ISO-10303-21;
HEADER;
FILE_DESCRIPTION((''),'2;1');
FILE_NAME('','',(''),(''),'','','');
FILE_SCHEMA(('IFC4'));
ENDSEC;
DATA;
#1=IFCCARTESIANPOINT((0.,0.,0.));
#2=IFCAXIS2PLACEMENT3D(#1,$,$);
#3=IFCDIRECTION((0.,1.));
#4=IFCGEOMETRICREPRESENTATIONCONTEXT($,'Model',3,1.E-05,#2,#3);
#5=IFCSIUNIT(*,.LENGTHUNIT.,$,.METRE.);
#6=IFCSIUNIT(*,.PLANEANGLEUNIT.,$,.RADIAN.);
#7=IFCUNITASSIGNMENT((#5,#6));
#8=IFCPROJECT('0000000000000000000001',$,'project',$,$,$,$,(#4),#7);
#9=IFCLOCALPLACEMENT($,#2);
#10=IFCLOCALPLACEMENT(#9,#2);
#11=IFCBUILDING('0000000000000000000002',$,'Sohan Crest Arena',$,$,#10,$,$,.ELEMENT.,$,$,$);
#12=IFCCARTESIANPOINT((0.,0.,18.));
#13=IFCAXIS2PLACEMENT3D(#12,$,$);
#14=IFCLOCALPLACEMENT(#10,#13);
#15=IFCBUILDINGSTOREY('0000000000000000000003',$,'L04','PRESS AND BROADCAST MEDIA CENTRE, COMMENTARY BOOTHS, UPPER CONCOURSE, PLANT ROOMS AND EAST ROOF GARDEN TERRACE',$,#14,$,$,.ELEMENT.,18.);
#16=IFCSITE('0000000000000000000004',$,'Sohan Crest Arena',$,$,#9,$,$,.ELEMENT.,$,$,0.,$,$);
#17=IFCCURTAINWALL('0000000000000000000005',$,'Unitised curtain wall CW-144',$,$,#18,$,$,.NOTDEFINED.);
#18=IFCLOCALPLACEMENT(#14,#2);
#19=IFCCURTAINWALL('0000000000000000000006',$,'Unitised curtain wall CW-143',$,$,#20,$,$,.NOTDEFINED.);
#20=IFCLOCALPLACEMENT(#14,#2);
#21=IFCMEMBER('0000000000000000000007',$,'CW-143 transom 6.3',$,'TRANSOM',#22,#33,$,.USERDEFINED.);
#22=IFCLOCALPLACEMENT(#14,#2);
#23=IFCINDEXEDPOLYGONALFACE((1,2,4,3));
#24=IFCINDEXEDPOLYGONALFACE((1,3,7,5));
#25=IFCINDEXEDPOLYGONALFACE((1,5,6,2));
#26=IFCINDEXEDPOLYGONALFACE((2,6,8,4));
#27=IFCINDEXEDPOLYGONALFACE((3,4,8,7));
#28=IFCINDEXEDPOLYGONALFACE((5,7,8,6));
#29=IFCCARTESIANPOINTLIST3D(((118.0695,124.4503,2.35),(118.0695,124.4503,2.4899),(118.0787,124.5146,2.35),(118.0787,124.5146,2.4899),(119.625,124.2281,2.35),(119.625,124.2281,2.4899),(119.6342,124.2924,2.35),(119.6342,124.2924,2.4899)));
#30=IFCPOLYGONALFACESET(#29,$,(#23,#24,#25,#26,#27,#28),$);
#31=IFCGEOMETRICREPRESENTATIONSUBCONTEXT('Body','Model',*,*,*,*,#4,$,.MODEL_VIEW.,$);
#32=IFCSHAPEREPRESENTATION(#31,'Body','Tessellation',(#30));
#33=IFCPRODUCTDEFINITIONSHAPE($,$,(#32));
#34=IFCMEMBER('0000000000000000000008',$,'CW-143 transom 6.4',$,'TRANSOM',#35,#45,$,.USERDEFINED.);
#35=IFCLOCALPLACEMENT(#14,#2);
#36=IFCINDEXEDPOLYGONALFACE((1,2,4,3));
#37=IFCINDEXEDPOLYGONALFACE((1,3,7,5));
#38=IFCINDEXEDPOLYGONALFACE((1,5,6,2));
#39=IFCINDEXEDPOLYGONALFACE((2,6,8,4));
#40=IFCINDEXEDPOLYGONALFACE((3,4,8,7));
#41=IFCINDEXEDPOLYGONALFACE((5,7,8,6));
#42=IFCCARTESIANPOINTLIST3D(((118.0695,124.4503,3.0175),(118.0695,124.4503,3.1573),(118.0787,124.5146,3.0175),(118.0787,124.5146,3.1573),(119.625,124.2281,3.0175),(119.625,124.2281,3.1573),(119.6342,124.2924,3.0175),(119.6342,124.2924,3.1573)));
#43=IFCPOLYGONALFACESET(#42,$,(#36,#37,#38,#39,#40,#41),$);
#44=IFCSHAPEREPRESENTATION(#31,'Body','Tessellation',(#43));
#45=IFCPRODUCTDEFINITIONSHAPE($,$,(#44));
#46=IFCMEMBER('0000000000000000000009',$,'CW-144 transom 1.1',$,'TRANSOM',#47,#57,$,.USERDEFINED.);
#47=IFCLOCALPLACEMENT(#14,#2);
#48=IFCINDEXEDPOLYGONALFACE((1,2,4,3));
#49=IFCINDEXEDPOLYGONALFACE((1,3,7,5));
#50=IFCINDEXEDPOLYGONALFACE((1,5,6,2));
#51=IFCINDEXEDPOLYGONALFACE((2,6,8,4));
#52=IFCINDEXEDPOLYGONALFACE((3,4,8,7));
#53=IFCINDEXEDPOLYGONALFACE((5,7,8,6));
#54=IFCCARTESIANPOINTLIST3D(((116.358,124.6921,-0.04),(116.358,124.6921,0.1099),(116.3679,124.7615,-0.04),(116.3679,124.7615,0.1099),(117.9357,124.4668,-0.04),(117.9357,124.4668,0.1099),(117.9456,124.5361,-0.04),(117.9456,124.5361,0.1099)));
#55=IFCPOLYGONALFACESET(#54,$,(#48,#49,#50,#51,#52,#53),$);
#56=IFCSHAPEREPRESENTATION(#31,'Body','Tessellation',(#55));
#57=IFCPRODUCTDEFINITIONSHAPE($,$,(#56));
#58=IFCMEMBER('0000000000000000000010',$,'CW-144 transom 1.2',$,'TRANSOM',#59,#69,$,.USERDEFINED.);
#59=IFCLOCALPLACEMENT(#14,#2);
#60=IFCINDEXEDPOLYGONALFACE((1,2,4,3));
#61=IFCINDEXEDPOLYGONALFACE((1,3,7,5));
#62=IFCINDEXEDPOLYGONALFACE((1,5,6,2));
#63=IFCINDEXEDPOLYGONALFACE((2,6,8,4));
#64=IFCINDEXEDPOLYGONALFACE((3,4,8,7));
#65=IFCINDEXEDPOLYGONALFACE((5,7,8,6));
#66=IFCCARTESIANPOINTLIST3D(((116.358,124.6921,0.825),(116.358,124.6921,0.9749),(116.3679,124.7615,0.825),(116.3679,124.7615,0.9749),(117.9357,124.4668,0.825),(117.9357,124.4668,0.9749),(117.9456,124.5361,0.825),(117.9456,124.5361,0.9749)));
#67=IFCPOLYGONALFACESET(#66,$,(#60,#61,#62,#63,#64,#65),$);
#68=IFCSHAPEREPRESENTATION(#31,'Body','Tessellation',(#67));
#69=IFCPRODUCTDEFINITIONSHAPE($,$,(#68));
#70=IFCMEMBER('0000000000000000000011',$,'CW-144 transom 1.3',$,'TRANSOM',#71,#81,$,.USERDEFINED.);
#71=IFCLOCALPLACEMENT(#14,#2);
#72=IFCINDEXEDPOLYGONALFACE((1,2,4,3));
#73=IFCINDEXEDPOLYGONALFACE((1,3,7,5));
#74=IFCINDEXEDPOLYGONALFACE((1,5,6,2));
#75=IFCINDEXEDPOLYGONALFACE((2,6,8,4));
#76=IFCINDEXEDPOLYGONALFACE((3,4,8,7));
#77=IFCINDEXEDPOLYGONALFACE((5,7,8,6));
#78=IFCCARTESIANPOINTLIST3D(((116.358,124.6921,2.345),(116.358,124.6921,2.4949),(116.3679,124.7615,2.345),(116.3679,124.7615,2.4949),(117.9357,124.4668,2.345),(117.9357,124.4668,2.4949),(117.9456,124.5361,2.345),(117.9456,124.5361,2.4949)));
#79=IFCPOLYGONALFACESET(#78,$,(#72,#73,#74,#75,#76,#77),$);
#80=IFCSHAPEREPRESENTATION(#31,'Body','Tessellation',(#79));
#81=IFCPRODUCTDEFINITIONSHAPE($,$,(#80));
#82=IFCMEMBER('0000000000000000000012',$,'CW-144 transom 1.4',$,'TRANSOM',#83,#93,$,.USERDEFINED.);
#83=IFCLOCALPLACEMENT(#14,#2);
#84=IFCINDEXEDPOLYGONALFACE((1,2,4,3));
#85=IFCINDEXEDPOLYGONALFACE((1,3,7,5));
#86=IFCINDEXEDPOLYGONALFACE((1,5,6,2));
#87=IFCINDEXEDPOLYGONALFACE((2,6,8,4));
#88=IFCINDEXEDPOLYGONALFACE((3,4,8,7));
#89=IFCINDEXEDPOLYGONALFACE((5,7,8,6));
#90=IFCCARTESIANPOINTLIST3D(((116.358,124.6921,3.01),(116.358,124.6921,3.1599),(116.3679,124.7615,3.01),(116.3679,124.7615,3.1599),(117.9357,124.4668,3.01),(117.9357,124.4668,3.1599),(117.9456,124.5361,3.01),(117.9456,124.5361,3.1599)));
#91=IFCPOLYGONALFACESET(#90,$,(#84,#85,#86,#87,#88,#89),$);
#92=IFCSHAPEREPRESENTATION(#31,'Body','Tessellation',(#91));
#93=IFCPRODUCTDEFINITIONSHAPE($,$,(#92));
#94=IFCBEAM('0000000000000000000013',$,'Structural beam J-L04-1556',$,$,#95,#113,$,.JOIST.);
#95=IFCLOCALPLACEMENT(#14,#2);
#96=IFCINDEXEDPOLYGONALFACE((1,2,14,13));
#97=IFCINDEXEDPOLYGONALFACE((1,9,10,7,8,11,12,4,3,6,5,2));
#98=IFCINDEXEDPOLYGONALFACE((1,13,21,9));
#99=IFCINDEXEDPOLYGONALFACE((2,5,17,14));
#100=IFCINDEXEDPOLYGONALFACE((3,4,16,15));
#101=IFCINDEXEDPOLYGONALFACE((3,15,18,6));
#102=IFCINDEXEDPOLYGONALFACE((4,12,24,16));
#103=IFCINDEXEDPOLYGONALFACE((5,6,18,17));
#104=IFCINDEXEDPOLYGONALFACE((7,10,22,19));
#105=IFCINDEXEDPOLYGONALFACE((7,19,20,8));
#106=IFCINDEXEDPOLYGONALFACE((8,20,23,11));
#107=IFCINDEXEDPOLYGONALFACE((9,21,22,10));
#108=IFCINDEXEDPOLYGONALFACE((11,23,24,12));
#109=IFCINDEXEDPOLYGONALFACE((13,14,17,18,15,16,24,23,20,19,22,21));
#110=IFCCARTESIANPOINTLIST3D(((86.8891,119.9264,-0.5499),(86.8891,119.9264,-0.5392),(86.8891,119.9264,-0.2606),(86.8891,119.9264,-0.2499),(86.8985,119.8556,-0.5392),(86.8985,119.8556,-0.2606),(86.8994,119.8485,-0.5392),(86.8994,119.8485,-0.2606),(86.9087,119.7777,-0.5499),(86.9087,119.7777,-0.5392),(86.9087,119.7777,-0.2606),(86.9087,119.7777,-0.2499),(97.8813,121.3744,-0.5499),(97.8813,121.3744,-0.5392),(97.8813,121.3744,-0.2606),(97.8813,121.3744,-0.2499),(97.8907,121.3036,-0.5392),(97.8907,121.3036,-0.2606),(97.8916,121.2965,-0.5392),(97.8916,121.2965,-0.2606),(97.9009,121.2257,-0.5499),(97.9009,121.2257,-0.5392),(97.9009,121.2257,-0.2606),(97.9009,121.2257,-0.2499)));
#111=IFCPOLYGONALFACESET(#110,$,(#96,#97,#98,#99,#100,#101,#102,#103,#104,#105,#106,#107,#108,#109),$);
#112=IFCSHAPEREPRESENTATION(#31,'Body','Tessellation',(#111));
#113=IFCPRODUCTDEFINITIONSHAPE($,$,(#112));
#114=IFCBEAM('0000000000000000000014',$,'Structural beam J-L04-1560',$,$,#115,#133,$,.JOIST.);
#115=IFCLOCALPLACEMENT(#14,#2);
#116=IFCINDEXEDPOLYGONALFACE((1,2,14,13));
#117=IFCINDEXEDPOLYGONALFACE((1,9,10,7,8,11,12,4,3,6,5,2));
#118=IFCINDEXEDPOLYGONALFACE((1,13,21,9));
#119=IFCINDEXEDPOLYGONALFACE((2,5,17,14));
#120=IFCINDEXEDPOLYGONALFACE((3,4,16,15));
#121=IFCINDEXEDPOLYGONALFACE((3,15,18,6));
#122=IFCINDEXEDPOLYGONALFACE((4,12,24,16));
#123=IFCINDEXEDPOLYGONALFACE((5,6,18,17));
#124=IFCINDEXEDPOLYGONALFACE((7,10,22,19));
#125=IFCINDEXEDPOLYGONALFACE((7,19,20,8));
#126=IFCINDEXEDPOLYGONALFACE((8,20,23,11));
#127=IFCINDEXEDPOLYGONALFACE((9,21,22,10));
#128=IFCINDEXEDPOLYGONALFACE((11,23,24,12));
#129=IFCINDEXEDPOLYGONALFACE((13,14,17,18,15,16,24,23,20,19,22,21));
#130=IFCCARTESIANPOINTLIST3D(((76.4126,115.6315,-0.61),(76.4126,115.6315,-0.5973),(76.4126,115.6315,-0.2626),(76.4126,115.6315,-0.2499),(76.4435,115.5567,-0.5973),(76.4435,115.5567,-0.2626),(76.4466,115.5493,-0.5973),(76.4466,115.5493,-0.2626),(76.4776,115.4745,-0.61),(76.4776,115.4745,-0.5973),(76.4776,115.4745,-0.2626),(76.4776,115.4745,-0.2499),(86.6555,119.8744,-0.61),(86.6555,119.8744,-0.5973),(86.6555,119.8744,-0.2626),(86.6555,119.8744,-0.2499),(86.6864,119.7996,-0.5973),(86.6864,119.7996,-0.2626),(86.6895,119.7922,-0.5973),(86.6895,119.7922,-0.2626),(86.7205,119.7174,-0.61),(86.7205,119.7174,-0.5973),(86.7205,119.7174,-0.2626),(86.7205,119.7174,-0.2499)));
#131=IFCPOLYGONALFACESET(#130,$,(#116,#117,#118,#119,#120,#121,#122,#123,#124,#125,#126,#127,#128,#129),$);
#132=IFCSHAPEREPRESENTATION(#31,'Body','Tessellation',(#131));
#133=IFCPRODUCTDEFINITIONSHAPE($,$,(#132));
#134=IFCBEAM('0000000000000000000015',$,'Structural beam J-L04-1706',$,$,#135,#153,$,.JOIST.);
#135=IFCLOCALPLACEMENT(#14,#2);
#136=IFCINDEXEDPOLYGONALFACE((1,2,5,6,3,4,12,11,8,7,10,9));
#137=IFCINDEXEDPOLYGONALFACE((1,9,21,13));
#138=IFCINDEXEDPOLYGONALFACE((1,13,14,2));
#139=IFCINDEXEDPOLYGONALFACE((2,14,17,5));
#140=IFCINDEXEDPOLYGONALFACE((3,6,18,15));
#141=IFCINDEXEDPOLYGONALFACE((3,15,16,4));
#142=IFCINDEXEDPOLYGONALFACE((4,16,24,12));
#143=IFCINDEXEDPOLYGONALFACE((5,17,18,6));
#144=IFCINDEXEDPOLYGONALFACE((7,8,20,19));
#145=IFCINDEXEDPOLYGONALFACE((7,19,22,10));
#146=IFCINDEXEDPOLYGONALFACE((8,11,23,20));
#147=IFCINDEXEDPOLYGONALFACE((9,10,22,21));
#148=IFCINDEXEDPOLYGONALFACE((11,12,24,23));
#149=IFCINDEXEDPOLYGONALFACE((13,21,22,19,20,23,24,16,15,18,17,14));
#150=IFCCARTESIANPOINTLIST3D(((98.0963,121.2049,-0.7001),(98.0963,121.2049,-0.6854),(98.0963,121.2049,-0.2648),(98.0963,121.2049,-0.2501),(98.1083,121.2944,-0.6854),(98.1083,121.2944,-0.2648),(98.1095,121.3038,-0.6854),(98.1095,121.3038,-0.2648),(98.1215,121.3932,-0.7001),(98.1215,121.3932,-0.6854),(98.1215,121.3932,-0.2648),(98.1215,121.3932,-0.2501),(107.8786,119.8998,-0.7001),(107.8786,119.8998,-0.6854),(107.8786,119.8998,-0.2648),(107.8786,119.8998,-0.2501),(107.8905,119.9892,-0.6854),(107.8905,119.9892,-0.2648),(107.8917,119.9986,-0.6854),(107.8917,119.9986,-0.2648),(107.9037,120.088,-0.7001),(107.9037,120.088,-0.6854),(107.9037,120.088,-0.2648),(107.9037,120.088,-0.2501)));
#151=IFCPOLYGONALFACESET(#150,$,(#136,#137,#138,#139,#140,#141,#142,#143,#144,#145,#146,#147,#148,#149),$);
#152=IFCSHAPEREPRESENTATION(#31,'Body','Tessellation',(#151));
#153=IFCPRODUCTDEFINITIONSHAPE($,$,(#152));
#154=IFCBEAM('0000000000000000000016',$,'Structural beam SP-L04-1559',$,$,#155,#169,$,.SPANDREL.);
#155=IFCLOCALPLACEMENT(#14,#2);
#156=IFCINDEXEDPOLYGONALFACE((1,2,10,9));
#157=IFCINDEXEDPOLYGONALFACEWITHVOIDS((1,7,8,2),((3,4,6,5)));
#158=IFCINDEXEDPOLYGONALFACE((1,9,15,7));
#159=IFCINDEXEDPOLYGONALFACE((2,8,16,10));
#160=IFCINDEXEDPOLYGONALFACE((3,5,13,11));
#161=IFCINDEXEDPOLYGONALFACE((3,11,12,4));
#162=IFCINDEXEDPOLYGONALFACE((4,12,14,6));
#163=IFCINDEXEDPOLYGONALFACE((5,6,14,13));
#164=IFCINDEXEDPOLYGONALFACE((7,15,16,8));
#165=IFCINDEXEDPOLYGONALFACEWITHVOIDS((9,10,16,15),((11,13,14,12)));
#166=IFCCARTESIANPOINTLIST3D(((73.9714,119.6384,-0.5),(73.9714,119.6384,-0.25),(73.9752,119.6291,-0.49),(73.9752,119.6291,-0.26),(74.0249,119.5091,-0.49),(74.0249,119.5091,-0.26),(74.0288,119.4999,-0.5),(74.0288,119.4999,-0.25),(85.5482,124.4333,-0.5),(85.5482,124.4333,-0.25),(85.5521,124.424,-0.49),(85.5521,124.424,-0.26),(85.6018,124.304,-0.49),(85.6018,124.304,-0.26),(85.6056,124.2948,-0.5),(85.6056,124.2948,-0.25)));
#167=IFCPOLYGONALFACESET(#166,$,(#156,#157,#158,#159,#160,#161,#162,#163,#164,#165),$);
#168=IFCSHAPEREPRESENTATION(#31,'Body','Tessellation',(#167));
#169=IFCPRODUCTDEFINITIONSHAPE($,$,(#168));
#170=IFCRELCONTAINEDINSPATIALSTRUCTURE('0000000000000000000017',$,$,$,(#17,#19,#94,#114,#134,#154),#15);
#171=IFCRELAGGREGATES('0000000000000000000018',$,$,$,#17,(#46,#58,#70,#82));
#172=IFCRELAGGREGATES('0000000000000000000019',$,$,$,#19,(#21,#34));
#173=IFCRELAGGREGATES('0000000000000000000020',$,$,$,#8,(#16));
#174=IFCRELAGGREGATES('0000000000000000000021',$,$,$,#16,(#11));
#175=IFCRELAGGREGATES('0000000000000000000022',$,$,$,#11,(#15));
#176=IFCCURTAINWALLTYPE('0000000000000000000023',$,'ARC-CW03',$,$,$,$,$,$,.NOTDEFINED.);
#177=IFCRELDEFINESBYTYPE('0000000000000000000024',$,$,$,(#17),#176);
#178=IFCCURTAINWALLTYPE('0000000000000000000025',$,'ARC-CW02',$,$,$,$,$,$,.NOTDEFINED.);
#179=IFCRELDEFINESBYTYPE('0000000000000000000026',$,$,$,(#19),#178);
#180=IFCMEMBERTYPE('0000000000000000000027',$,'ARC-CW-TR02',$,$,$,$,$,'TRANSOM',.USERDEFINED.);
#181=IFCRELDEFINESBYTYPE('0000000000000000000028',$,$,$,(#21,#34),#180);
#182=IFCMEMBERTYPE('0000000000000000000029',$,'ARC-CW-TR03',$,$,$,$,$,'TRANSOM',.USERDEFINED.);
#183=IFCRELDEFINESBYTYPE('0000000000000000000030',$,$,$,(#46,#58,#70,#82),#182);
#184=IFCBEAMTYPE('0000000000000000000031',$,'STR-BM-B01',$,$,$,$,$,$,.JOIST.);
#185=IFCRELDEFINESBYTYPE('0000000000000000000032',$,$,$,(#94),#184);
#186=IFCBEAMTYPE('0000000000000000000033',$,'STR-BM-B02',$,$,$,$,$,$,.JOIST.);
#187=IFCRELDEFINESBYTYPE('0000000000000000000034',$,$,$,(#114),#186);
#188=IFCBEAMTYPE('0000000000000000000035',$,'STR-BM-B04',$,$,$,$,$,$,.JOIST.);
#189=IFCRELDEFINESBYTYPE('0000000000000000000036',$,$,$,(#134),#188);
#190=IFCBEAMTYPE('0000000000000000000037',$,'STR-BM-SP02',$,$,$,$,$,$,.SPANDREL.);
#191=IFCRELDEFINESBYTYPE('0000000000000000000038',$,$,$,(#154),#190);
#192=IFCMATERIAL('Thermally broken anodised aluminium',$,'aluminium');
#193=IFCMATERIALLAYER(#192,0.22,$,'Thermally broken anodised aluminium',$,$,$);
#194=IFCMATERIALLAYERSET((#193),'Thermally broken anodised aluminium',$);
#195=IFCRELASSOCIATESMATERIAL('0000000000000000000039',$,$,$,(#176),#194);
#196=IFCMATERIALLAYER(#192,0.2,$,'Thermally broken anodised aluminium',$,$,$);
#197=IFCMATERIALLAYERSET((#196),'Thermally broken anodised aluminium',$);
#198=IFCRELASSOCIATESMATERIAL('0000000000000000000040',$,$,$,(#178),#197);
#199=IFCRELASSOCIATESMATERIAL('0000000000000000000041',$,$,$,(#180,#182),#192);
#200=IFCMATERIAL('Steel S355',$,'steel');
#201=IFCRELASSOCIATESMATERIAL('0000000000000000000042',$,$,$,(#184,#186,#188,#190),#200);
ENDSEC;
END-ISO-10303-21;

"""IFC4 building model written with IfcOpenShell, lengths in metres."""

from ifc_helpers import new_model, si_unit, direction, frame, origin, origin_2d, place, context, subcontext, project, spatial, rectangle, hollow_rectangle, i_section, extrude, material, layer, layer_set, material_profile, profile_set, type_object, element, aggregate, save


model = new_model("IFC4")

# Units and contexts
model_context = context("Model", 3, precision=1e-05, world=origin(), true_north=direction((0.0, 1.0)))
body_context = subcontext(model_context, "Body", "Model", "MODEL_VIEW")
ifc_project = project(units=[si_unit("LENGTHUNIT", "METRE"), si_unit("PLANEANGLEUNIT", "RADIAN")], contexts=[model_context])

# Site, building, storey
site_placement = place(None, origin())
site = spatial("IfcSite", under=ifc_project, at=site_placement, Name="Sohan Crest Arena", CompositionType="ELEMENT", RefElevation=0.0)
building_placement = place(site_placement, origin())
building = spatial("IfcBuilding", under=site, at=building_placement, Name="Sohan Crest Arena", CompositionType="ELEMENT")
storey_placement = place(building_placement, frame((0.0, 0.0, 18.0)))
storey = spatial("IfcBuildingStorey", under=building, at=storey_placement, Name="L04", Description="PRESS AND BROADCAST MEDIA CENTRE, COMMENTARY BOOTHS, UPPER CONCOURSE, PLANT ROOMS AND EAST ROOF GARDEN TERRACE", CompositionType="ELEMENT", Elevation=18.0)

# Shared definitions
ifc_material_1 = material(Name="Steel S355", Category="steel")

# Curtain wall
ifc_material_2 = material(Name="Thermally broken anodised aluminium", Category="aluminium")
ifc_layer_1 = layer(ifc_material_2, 0.22, Name="Thermally broken anodised aluminium")
ifc_layer_set_1 = layer_set([ifc_layer_1], Name="Thermally broken anodised aluminium")
curtain_wall_type_1 = type_object("IfcCurtainWallType", Name="ARC-CW03", PredefinedType="NOTDEFINED", material=ifc_layer_set_1)
curtain_wall_1_placement = place(storey_placement, origin())
curtain_wall_1 = element("IfcCurtainWall", 1, at=curtain_wall_1_placement, inside=storey, type_object=curtain_wall_type_1, Name="Unitised curtain wall CW-144", PredefinedType="NOTDEFINED")
ifc_layer_2 = layer(ifc_material_2, 0.2, Name="Thermally broken anodised aluminium")
ifc_layer_set_2 = layer_set([ifc_layer_2], Name="Thermally broken anodised aluminium")
curtain_wall_type_2 = type_object("IfcCurtainWallType", Name="ARC-CW02", PredefinedType="NOTDEFINED", material=ifc_layer_set_2)

# Curtain wall
curtain_wall_2_placement = place(storey_placement, origin())
curtain_wall_2 = element("IfcCurtainWall", 2, at=curtain_wall_2_placement, inside=storey, type_object=curtain_wall_type_2, Name="Unitised curtain wall CW-143", PredefinedType="NOTDEFINED")

# Members
ifc_material_profile_1 = material_profile(ifc_material_2, rectangle(XDim=0.0649, YDim=0.1399, at=origin_2d()), Name="ALU-TRAN 65x140")
ifc_profile_set_1 = profile_set([ifc_material_profile_1], Name="Thermally broken anodised aluminium")
member_type_1 = type_object("IfcMemberType", Name="ARC-CW-TR02", ElementType="TRANSOM", PredefinedType="USERDEFINED", material=ifc_profile_set_1)
member_1_placement = place(storey_placement, frame((119.6296, 124.2603, 2.4199), z_axis=(-0.989953, 0.1414, 0.0), x_axis=(-0.1414, -0.989953, 0.0)))
member_1 = element("IfcMember", 3, at=member_1_placement, type_object=member_type_1, Name="CW-143 transom 6.3", ObjectType="TRANSOM", PredefinedType="USERDEFINED", context=body_context, shape_type="SweptSolid", body=[
    extrude(rectangle(XDim=0.0649, YDim=0.1399, at=origin_2d()), origin(), (0.0, 0.0, 1.0), 1.5713),
])
member_2_placement = place(storey_placement, frame((119.6296, 124.2603, 3.0874), z_axis=(-0.989953, 0.1414, 0.0), x_axis=(-0.1414, -0.989953, 0.0)))
member_2 = element("IfcMember", 4, at=member_2_placement, type_object=member_type_1, Name="CW-143 transom 6.4", ObjectType="TRANSOM", PredefinedType="USERDEFINED", context=body_context, shape_type="SweptSolid", body=[
    extrude(rectangle(XDim=0.0649, YDim=0.1399, at=origin_2d()), origin(), (0.0, 0.0, 1.0), 1.5713),
])
ifc_material_profile_2 = material_profile(ifc_material_2, rectangle(XDim=0.0701, YDim=0.1499, at=origin_2d()), Name="ALU-TRAN 70x150")
ifc_profile_set_2 = profile_set([ifc_material_profile_2], Name="Thermally broken anodised aluminium")
member_type_2 = type_object("IfcMemberType", Name="ARC-CW-TR03", ElementType="TRANSOM", PredefinedType="USERDEFINED", material=ifc_profile_set_2)
member_3_placement = place(storey_placement, frame((117.9407, 124.5015, 0.0349), z_axis=(-0.989953, 0.1414, 0.0), x_axis=(-0.1414, -0.989953, 0.0)))
member_3 = element("IfcMember", 5, at=member_3_placement, type_object=member_type_2, Name="CW-144 transom 1.1", ObjectType="TRANSOM", PredefinedType="USERDEFINED", context=body_context, shape_type="SweptSolid", body=[
    extrude(rectangle(XDim=0.0701, YDim=0.1499, at=origin_2d()), origin(), (0.0, 0.0, 1.0), 1.5938),
])
member_4_placement = place(storey_placement, frame((117.9407, 124.5015, 0.8999), z_axis=(-0.989953, 0.1414, 0.0), x_axis=(-0.1414, -0.989953, 0.0)))
member_4 = element("IfcMember", 6, at=member_4_placement, type_object=member_type_2, Name="CW-144 transom 1.2", ObjectType="TRANSOM", PredefinedType="USERDEFINED", context=body_context, shape_type="SweptSolid", body=[
    extrude(rectangle(XDim=0.0701, YDim=0.1499, at=origin_2d()), origin(), (0.0, 0.0, 1.0), 1.5938),
])
member_5_placement = place(storey_placement, frame((117.9407, 124.5015, 2.4199), z_axis=(-0.989953, 0.1414, 0.0), x_axis=(-0.1414, -0.989953, 0.0)))
member_5 = element("IfcMember", 7, at=member_5_placement, type_object=member_type_2, Name="CW-144 transom 1.3", ObjectType="TRANSOM", PredefinedType="USERDEFINED", context=body_context, shape_type="SweptSolid", body=[
    extrude(rectangle(XDim=0.0701, YDim=0.1499, at=origin_2d()), origin(), (0.0, 0.0, 1.0), 1.5938),
])
member_6_placement = place(storey_placement, frame((117.9407, 124.5015, 3.085), z_axis=(-0.989953, 0.1414, 0.0), x_axis=(-0.1414, -0.989953, 0.0)))
member_6 = element("IfcMember", 8, at=member_6_placement, type_object=member_type_2, Name="CW-144 transom 1.4", ObjectType="TRANSOM", PredefinedType="USERDEFINED", context=body_context, shape_type="SweptSolid", body=[
    extrude(rectangle(XDim=0.0701, YDim=0.1499, at=origin_2d()), origin(), (0.0, 0.0, 1.0), 1.5938),
])
aggregate(curtain_wall_1, [member_3, member_4, member_5, member_6])

# Beams
ifc_material_profile_3 = material_profile(ifc_material_1, i_section(OverallWidth=0.1499, OverallDepth=0.3, WebThickness=0.0071, FlangeThickness=0.0107, at=origin_2d()), Name="IPE 300")
ifc_profile_set_3 = profile_set([ifc_material_profile_3], Name="Steel S355")
beam_type_1 = type_object("IfcBeamType", Name="STR-BM-B01", PredefinedType="JOIST", material=ifc_profile_set_3)
beam_1_placement = place(storey_placement, frame((97.8911, 121.3, -0.3999), z_axis=(-0.991435, -0.130601, 0.0), x_axis=(0.130601, -0.991435, 0.0)))
element("IfcBeam", 9, at=beam_1_placement, inside=storey, type_object=beam_type_1, Name="Structural beam J-L04-1556", PredefinedType="JOIST", context=body_context, shape_type="SweptSolid", body=[
    extrude(i_section(OverallWidth=0.1499, OverallDepth=0.3, WebThickness=0.0071, FlangeThickness=0.0107, at=origin_2d()), origin(), (0.0, 0.0, 1.0), 11.0872),
])
ifc_material_profile_4 = material_profile(ifc_material_1, i_section(OverallWidth=0.1699, OverallDepth=0.3601, WebThickness=0.0081, FlangeThickness=0.0127, at=origin_2d()), Name="IPE 360")
ifc_profile_set_4 = profile_set([ifc_material_profile_4], Name="Steel S355")
beam_type_2 = type_object("IfcBeamType", Name="STR-BM-B02", PredefinedType="JOIST", material=ifc_profile_set_4)
beam_2_placement = place(storey_placement, frame((86.688, 119.7959, -0.4299), z_axis=(-0.923874, -0.382696, 0.0), x_axis=(0.382696, -0.923874, 0.0)))
element("IfcBeam", 10, at=beam_2_placement, inside=storey, type_object=beam_type_2, Name="Structural beam J-L04-1560", PredefinedType="JOIST", context=body_context, shape_type="SweptSolid", body=[
    extrude(i_section(OverallWidth=0.1699, OverallDepth=0.3601, WebThickness=0.0081, FlangeThickness=0.0127, at=origin_2d()), origin(), (0.0, 0.0, 1.0), 11.0869),
])
ifc_material_profile_5 = material_profile(ifc_material_1, i_section(OverallWidth=0.1899, OverallDepth=0.45, WebThickness=0.0095, FlangeThickness=0.0146, at=origin_2d()), Name="IPE 450")
ifc_profile_set_5 = profile_set([ifc_material_profile_5], Name="Steel S355")
beam_type_3 = type_object("IfcBeamType", Name="STR-BM-B04", PredefinedType="JOIST", material=ifc_profile_set_5)
beam_3_placement = place(storey_placement, frame((107.8911, 119.9939, -0.4751), z_axis=(-0.991216, 0.132251, 0.0), x_axis=(-0.132251, -0.991216, 0.0)))
element("IfcBeam", 11, at=beam_3_placement, inside=storey, type_object=beam_type_3, Name="Structural beam J-L04-1706", PredefinedType="JOIST", context=body_context, shape_type="SweptSolid", body=[
    extrude(i_section(OverallWidth=0.1899, OverallDepth=0.45, WebThickness=0.0095, FlangeThickness=0.0146, at=origin_2d()), origin(), (0.0, 0.0, 1.0), 9.8689),
])
ifc_material_profile_6 = material_profile(ifc_material_1, hollow_rectangle(XDim=0.1499, YDim=0.25, WallThickness=0.01, at=origin_2d()), Name="RHS 250x150x10")
ifc_profile_set_6 = profile_set([ifc_material_profile_6], Name="Steel S355")
beam_type_4 = type_object("IfcBeamType", Name="STR-BM-SP02", PredefinedType="SPANDREL", material=ifc_profile_set_6)
beam_4_placement = place(storey_placement, frame((85.5769, 124.364, -0.375), z_axis=(-0.923891, -0.382657, 0.0), x_axis=(0.382657, -0.923891, 0.0)))
element("IfcBeam", 12, at=beam_4_placement, inside=storey, type_object=beam_type_4, Name="Structural beam SP-L04-1559", PredefinedType="SPANDREL", context=body_context, shape_type="SweptSolid", body=[
    extrude(hollow_rectangle(XDim=0.1499, YDim=0.25, WallThickness=0.01, at=origin_2d()), origin(), (0.0, 0.0, 1.0), 12.5305),
])

aggregate(curtain_wall_2, [member_1, member_2])

save(model, "model.ifc")
